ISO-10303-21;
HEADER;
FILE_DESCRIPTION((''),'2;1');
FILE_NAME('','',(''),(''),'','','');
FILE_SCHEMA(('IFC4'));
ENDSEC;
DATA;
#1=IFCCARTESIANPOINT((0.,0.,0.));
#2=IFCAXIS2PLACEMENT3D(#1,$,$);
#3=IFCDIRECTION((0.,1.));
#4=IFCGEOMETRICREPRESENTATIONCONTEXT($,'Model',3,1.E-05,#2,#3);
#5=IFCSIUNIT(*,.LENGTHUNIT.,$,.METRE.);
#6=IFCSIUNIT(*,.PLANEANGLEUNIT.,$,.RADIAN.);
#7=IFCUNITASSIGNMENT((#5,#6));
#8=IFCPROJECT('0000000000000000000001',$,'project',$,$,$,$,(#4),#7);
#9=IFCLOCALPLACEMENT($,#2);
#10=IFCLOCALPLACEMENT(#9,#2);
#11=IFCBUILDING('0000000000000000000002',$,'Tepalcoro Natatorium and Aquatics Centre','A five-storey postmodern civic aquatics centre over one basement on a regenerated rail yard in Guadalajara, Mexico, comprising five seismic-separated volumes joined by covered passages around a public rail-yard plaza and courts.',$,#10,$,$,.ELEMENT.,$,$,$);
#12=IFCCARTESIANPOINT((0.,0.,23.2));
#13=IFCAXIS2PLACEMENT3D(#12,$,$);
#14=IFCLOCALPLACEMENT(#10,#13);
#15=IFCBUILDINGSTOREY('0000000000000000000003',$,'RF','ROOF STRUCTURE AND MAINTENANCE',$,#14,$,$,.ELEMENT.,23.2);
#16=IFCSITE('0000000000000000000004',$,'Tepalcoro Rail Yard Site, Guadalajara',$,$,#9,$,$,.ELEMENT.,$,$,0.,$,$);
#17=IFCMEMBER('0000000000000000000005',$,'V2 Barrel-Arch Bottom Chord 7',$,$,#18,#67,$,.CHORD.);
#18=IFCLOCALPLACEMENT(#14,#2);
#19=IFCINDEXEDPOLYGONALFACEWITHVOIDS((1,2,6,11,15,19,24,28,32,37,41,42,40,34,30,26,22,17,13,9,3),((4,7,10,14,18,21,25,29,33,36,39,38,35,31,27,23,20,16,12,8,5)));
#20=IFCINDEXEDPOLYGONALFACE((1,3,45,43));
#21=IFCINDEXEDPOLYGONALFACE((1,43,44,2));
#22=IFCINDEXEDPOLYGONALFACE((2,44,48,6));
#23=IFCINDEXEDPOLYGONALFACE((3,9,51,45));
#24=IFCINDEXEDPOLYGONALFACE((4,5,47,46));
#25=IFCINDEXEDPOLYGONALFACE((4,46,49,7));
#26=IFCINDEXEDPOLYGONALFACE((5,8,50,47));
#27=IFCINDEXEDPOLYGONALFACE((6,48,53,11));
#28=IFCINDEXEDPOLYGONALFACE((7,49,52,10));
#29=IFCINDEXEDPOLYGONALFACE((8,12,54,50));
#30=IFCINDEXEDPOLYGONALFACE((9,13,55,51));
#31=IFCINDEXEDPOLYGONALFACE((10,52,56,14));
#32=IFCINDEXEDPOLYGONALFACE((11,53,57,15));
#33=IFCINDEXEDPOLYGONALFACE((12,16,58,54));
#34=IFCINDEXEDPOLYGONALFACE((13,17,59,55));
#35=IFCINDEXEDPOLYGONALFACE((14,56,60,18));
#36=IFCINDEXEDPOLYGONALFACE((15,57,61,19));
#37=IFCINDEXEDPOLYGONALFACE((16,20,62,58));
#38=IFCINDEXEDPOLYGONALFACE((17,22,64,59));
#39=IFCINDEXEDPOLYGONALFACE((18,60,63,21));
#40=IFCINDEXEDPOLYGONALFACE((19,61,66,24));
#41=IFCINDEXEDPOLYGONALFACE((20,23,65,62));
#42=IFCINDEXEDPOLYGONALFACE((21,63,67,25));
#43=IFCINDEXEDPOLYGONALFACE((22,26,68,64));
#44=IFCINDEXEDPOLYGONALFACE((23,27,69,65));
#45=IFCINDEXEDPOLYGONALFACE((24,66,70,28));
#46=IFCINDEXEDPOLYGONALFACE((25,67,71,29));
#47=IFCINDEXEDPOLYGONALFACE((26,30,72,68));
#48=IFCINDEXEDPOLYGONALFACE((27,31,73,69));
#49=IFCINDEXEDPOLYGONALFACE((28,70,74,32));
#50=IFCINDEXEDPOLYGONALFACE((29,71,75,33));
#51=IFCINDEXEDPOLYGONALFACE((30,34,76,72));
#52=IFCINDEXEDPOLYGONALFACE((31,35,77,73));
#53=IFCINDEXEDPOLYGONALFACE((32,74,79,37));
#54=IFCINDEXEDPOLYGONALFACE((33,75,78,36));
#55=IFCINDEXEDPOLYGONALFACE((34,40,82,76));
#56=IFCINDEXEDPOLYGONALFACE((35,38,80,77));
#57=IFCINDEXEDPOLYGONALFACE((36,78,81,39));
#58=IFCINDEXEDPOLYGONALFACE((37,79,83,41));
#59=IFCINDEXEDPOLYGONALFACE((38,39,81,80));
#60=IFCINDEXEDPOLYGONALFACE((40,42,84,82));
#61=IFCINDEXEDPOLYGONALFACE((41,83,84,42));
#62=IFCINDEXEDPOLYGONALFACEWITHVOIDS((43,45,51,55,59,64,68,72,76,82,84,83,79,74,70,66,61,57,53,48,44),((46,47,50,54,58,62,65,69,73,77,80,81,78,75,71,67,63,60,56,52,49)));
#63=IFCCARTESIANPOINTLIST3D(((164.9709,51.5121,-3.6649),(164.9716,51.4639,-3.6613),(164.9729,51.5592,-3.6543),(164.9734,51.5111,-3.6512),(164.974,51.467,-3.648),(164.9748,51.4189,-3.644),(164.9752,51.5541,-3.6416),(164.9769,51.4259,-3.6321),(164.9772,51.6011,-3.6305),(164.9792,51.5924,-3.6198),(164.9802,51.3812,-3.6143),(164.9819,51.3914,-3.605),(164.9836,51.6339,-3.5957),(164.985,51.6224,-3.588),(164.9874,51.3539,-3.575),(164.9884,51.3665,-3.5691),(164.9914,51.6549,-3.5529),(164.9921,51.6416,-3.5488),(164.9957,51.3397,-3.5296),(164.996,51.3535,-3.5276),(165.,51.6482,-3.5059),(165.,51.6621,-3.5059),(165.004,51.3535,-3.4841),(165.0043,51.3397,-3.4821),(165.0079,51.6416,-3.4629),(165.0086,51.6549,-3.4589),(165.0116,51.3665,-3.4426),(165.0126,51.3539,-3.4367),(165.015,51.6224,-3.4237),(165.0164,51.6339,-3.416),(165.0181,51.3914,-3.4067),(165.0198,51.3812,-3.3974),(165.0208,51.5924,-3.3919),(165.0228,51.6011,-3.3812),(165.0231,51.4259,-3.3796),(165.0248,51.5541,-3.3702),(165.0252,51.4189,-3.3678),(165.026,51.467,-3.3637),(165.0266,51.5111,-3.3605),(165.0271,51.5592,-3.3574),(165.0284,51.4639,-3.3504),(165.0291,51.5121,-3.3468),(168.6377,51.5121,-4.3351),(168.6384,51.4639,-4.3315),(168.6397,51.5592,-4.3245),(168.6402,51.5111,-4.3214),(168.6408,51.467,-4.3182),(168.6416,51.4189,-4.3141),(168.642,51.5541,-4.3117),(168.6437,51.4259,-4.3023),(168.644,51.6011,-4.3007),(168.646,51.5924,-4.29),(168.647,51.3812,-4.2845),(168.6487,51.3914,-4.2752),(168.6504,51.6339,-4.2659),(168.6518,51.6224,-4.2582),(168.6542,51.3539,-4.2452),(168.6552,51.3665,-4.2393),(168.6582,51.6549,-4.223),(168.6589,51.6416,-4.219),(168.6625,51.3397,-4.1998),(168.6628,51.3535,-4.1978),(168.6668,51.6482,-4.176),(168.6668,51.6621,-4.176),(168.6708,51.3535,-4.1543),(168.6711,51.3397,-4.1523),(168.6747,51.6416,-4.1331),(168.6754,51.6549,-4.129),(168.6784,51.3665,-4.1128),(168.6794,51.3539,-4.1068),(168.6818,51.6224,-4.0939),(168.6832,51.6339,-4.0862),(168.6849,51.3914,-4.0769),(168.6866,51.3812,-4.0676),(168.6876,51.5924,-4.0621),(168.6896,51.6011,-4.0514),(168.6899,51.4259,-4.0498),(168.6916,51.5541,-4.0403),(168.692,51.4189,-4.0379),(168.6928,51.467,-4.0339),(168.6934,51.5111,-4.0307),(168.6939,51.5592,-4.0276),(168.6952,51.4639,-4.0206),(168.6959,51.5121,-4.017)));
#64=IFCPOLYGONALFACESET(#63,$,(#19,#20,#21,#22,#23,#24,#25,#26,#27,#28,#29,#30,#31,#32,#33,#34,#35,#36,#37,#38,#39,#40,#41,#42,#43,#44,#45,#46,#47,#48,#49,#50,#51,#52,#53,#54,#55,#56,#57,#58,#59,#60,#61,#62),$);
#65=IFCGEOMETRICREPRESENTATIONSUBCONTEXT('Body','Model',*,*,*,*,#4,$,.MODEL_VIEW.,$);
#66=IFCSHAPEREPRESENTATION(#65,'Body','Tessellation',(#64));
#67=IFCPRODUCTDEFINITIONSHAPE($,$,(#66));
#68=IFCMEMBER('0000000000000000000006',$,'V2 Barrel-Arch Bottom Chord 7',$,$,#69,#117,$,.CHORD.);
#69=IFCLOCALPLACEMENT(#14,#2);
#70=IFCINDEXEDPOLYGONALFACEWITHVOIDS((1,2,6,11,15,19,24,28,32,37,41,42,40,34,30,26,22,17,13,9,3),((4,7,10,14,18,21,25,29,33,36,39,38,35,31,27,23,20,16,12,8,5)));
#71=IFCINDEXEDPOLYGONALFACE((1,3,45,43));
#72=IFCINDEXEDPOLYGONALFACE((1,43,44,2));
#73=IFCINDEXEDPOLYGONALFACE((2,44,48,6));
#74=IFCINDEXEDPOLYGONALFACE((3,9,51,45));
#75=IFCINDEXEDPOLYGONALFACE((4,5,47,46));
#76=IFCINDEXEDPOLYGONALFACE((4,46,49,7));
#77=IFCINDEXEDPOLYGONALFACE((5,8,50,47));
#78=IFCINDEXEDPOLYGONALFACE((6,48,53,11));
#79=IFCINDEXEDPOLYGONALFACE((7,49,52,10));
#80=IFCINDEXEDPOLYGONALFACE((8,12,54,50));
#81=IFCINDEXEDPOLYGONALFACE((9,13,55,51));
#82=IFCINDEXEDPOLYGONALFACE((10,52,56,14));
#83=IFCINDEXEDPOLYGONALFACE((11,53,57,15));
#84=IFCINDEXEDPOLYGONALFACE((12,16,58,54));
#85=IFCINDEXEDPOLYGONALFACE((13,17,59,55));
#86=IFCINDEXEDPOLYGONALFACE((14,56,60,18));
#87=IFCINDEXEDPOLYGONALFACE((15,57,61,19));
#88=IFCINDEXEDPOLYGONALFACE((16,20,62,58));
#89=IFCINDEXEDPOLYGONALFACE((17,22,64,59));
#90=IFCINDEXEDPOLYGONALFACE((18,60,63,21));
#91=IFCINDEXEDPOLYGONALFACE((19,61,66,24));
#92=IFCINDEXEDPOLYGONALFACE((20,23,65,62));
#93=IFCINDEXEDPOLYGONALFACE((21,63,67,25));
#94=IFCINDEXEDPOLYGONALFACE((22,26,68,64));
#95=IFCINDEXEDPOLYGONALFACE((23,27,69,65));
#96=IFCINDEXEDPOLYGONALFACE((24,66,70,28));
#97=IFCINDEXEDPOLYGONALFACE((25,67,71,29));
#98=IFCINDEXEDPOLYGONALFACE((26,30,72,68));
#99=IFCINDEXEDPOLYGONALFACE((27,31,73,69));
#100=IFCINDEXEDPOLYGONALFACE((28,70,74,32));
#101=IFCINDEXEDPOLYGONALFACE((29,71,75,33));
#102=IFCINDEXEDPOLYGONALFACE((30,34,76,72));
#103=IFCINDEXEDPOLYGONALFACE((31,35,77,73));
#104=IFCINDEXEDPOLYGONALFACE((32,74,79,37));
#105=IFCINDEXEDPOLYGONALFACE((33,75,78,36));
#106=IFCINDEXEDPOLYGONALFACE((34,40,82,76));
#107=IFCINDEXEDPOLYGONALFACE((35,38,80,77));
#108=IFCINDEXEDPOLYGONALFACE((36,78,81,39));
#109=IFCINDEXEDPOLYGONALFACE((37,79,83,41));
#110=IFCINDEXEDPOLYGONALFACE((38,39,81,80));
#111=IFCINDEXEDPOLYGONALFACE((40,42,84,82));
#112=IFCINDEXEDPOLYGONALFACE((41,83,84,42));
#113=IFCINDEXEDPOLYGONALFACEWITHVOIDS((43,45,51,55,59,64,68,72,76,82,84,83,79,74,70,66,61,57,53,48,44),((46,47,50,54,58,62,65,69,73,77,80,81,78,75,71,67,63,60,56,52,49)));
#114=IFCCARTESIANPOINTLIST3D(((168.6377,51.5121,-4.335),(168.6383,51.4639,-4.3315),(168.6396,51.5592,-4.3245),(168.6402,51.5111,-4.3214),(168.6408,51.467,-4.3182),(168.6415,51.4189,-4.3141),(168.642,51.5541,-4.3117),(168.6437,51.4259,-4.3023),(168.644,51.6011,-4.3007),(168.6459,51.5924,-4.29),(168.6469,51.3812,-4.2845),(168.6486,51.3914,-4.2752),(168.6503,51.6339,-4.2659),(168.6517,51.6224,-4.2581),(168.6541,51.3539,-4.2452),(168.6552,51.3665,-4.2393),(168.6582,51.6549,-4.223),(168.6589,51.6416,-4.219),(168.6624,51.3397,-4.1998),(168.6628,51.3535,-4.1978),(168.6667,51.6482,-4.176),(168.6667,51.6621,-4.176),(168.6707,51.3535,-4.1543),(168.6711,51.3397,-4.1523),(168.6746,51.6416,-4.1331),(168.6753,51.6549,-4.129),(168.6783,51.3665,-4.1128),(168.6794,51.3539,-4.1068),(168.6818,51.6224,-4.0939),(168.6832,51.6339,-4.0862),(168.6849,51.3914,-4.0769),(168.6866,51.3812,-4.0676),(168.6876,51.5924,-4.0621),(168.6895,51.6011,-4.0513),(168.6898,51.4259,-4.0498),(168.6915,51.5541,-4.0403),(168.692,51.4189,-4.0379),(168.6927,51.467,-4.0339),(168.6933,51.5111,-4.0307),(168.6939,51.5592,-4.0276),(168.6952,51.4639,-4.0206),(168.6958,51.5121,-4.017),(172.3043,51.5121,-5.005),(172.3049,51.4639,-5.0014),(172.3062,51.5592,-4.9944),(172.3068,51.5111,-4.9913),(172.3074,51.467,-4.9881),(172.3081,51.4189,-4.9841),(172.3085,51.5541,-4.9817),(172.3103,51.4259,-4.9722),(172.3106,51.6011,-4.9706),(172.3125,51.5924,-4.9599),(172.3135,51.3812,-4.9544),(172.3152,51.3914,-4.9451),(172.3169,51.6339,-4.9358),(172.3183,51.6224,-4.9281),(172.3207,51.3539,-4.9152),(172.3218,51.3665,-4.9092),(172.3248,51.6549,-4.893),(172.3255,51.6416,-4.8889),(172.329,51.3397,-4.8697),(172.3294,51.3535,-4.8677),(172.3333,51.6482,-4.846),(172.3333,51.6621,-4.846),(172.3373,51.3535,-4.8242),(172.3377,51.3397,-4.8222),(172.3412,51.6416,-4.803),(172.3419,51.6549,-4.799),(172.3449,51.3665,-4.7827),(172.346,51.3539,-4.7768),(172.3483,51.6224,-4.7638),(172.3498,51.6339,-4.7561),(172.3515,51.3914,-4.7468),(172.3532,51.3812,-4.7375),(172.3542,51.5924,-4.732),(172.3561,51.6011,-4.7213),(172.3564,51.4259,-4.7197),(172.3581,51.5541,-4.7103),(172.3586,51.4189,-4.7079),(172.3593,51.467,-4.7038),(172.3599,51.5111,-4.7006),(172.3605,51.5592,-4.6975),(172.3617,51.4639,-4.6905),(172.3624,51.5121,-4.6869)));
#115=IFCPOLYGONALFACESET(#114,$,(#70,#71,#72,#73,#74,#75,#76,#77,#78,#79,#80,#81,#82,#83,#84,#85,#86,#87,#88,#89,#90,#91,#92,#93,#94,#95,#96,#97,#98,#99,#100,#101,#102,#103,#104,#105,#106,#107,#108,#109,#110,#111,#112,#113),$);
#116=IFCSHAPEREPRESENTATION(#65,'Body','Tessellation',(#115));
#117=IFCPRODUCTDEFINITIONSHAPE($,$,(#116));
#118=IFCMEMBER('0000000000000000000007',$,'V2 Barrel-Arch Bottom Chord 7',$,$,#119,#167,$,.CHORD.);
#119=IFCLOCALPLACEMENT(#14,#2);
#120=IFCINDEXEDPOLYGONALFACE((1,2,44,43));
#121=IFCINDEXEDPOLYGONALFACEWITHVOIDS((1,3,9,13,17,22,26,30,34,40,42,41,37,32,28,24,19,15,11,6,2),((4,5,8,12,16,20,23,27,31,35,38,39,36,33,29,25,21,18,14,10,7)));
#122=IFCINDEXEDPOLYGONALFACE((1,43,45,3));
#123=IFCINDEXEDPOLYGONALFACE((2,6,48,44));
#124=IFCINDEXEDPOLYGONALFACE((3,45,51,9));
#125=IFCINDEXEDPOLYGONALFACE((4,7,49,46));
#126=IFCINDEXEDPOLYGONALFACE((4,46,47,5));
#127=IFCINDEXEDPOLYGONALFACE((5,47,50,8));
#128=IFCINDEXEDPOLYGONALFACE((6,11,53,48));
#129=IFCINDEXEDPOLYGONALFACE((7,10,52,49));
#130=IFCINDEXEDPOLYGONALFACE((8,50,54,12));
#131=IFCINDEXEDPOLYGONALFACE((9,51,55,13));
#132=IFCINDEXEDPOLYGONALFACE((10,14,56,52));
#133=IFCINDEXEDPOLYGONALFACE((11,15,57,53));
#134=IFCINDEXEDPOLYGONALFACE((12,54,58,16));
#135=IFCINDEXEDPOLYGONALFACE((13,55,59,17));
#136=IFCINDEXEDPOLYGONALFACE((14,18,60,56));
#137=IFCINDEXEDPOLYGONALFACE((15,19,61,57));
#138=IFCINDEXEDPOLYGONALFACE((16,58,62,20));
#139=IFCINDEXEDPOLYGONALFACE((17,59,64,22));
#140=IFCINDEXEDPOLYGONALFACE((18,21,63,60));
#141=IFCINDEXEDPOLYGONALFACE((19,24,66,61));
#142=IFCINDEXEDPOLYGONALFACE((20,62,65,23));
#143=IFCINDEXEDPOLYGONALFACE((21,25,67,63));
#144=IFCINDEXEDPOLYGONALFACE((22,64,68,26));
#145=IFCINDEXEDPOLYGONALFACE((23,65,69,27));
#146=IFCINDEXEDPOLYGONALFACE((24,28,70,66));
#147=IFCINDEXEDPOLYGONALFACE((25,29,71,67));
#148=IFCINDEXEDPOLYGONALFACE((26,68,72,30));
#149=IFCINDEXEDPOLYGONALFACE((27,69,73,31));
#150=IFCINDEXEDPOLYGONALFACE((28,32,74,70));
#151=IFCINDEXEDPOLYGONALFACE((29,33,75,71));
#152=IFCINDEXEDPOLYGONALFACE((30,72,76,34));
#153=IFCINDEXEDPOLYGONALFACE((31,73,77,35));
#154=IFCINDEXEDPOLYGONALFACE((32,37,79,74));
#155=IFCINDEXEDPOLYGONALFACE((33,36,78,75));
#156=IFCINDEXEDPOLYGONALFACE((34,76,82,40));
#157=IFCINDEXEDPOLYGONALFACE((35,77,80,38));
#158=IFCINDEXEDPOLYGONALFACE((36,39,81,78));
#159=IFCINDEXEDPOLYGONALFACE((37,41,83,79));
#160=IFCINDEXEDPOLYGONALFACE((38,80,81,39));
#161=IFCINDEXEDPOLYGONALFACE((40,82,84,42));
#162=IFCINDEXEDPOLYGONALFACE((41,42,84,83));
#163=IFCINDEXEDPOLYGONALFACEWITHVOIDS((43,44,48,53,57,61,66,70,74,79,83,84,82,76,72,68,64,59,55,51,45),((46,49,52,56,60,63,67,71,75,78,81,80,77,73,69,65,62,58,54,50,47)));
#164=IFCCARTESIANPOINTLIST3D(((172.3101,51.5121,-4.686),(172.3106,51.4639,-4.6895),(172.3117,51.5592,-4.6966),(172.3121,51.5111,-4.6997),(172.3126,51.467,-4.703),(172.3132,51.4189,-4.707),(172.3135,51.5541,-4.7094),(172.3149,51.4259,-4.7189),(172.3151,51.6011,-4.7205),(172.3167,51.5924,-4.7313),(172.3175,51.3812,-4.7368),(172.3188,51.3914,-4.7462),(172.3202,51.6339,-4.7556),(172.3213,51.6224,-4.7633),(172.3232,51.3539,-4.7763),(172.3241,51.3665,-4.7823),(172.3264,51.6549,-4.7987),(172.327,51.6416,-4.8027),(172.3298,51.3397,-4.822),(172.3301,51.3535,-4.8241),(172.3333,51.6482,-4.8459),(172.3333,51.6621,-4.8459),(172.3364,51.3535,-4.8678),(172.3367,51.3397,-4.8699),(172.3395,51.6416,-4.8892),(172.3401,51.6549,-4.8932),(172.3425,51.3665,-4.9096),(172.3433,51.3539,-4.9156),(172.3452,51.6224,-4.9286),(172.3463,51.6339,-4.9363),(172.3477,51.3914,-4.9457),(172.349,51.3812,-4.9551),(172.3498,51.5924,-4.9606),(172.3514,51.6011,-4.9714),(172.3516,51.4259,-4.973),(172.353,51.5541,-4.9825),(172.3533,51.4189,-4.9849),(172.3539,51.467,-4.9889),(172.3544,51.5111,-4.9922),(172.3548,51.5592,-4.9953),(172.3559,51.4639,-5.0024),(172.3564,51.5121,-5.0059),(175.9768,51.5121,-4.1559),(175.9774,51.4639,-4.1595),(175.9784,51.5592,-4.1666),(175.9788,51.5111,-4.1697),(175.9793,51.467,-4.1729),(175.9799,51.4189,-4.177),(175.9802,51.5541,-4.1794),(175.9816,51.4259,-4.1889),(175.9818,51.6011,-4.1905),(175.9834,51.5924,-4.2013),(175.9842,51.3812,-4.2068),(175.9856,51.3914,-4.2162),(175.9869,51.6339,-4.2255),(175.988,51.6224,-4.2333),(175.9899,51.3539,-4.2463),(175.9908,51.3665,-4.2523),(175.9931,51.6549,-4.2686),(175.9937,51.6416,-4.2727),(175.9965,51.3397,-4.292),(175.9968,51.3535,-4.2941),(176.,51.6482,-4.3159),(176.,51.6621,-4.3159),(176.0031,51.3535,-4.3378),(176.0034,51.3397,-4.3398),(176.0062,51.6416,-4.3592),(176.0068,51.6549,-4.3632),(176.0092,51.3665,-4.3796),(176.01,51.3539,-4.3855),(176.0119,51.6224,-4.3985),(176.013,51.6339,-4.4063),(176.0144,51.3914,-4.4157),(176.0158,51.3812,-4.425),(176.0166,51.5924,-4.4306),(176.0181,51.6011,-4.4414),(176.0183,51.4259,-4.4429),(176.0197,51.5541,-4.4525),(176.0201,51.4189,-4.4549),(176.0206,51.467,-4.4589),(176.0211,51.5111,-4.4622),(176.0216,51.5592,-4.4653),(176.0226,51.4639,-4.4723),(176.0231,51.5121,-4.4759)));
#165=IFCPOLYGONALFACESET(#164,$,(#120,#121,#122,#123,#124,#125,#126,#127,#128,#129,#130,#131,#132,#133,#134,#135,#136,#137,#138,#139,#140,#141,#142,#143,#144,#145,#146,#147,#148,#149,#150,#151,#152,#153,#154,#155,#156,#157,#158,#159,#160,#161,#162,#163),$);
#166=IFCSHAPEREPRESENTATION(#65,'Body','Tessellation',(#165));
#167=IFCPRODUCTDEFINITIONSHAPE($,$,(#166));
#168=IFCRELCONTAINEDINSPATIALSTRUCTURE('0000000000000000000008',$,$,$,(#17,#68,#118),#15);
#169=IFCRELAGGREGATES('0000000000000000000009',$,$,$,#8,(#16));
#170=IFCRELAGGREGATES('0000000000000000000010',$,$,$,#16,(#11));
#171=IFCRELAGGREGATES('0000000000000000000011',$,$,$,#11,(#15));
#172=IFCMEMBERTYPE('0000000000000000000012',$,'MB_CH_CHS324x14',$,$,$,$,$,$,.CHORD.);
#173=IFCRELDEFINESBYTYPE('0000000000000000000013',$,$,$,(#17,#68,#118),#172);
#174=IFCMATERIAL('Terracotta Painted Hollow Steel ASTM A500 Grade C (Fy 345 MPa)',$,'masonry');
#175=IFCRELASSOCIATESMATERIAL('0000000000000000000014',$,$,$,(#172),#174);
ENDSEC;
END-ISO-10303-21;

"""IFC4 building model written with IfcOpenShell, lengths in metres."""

from ifc_helpers import new_model, si_unit, direction, frame, origin, origin_2d, place, context, subcontext, project, spatial, hollow_circle, extrude, material, material_profile, profile_set, type_object, element, save


model = new_model("IFC4")

# Units and contexts
model_context = context("Model", 3, precision=1e-05, world=origin(), true_north=direction((0.0, 1.0)))
body_context = subcontext(model_context, "Body", "Model", "MODEL_VIEW")
ifc_project = project(units=[si_unit("LENGTHUNIT", "METRE"), si_unit("PLANEANGLEUNIT", "RADIAN")], contexts=[model_context])

# Site, building, storey
site_placement = place(None, origin())
site = spatial("IfcSite", under=ifc_project, at=site_placement, Name="Tepalcoro Rail Yard Site, Guadalajara", CompositionType="ELEMENT", RefElevation=0.0)
building_placement = place(site_placement, origin())
building = spatial("IfcBuilding", under=site, at=building_placement, Name="Tepalcoro Natatorium and Aquatics Centre", Description="A five-storey postmodern civic aquatics centre over one basement on a regenerated rail yard in Guadalajara, Mexico, comprising five seismic-separated volumes joined by covered passages around a public rail-yard plaza and courts.", CompositionType="ELEMENT")
storey_placement = place(building_placement, frame((0.0, 0.0, 23.2)))
storey = spatial("IfcBuildingStorey", under=building, at=storey_placement, Name="RF", Description="ROOF STRUCTURE AND MAINTENANCE", CompositionType="ELEMENT", Elevation=23.2)

# Shared definitions
ifc_material_1 = material(Name="Terracotta Painted Hollow Steel ASTM A500 Grade C (Fy 345 MPa)", Category="masonry")

# Members
ifc_material_profile_1 = material_profile(ifc_material_1, hollow_circle(Radius=0.1621, WallThickness=0.0139, at=origin_2d()), Name="CHS324X14")
ifc_profile_set_1 = profile_set([ifc_material_profile_1], Name="Terracotta Painted Hollow Steel ASTM A500 Grade C (Fy 345 MPa)")
member_type_1 = type_object("IfcMemberType", Name="MB_CH_CHS324x14", PredefinedType="CHORD", material=ifc_profile_set_1)
member_1_placement = place(storey_placement, frame((165.0, 51.5, -3.5059), z_axis=(0.983705, 0.0, -0.17979), x_axis=(0.0, 1.0, 0.0)))
element("IfcMember", 1, at=member_1_placement, inside=storey, type_object=member_type_1, Name="V2 Barrel-Arch Bottom Chord 7", PredefinedType="CHORD", context=body_context, shape_type="SweptSolid", body=[
    extrude(hollow_circle(Radius=0.1621, WallThickness=0.0139, at=origin_2d()), origin(), (0.0, 0.0, 1.0), 3.7275),
])
member_2_placement = place(storey_placement, frame((168.6667, 51.5, -4.176), z_axis=(0.983714, 0.0, -0.179738), x_axis=(0.0, 1.0, 0.0)))
element("IfcMember", 2, at=member_2_placement, inside=storey, type_object=member_type_1, Name="V2 Barrel-Arch Bottom Chord 7", PredefinedType="CHORD", context=body_context, shape_type="SweptSolid", body=[
    extrude(hollow_circle(Radius=0.1621, WallThickness=0.0139, at=origin_2d()), origin(), (0.0, 0.0, 1.0), 3.7273),
])
member_3_placement = place(storey_placement, frame((172.3333, 51.5, -4.8459), z_axis=(0.989714, 0.0, 0.143063), x_axis=(0.0, 1.0, 0.0)))
element("IfcMember", 3, at=member_3_placement, inside=storey, type_object=member_type_1, Name="V2 Barrel-Arch Bottom Chord 7", PredefinedType="CHORD", context=body_context, shape_type="SweptSolid", body=[
    extrude(hollow_circle(Radius=0.1621, WallThickness=0.0139, at=origin_2d()), origin(), (0.0, 0.0, 1.0), 3.7048),
])

save(model, "model.ifc")
